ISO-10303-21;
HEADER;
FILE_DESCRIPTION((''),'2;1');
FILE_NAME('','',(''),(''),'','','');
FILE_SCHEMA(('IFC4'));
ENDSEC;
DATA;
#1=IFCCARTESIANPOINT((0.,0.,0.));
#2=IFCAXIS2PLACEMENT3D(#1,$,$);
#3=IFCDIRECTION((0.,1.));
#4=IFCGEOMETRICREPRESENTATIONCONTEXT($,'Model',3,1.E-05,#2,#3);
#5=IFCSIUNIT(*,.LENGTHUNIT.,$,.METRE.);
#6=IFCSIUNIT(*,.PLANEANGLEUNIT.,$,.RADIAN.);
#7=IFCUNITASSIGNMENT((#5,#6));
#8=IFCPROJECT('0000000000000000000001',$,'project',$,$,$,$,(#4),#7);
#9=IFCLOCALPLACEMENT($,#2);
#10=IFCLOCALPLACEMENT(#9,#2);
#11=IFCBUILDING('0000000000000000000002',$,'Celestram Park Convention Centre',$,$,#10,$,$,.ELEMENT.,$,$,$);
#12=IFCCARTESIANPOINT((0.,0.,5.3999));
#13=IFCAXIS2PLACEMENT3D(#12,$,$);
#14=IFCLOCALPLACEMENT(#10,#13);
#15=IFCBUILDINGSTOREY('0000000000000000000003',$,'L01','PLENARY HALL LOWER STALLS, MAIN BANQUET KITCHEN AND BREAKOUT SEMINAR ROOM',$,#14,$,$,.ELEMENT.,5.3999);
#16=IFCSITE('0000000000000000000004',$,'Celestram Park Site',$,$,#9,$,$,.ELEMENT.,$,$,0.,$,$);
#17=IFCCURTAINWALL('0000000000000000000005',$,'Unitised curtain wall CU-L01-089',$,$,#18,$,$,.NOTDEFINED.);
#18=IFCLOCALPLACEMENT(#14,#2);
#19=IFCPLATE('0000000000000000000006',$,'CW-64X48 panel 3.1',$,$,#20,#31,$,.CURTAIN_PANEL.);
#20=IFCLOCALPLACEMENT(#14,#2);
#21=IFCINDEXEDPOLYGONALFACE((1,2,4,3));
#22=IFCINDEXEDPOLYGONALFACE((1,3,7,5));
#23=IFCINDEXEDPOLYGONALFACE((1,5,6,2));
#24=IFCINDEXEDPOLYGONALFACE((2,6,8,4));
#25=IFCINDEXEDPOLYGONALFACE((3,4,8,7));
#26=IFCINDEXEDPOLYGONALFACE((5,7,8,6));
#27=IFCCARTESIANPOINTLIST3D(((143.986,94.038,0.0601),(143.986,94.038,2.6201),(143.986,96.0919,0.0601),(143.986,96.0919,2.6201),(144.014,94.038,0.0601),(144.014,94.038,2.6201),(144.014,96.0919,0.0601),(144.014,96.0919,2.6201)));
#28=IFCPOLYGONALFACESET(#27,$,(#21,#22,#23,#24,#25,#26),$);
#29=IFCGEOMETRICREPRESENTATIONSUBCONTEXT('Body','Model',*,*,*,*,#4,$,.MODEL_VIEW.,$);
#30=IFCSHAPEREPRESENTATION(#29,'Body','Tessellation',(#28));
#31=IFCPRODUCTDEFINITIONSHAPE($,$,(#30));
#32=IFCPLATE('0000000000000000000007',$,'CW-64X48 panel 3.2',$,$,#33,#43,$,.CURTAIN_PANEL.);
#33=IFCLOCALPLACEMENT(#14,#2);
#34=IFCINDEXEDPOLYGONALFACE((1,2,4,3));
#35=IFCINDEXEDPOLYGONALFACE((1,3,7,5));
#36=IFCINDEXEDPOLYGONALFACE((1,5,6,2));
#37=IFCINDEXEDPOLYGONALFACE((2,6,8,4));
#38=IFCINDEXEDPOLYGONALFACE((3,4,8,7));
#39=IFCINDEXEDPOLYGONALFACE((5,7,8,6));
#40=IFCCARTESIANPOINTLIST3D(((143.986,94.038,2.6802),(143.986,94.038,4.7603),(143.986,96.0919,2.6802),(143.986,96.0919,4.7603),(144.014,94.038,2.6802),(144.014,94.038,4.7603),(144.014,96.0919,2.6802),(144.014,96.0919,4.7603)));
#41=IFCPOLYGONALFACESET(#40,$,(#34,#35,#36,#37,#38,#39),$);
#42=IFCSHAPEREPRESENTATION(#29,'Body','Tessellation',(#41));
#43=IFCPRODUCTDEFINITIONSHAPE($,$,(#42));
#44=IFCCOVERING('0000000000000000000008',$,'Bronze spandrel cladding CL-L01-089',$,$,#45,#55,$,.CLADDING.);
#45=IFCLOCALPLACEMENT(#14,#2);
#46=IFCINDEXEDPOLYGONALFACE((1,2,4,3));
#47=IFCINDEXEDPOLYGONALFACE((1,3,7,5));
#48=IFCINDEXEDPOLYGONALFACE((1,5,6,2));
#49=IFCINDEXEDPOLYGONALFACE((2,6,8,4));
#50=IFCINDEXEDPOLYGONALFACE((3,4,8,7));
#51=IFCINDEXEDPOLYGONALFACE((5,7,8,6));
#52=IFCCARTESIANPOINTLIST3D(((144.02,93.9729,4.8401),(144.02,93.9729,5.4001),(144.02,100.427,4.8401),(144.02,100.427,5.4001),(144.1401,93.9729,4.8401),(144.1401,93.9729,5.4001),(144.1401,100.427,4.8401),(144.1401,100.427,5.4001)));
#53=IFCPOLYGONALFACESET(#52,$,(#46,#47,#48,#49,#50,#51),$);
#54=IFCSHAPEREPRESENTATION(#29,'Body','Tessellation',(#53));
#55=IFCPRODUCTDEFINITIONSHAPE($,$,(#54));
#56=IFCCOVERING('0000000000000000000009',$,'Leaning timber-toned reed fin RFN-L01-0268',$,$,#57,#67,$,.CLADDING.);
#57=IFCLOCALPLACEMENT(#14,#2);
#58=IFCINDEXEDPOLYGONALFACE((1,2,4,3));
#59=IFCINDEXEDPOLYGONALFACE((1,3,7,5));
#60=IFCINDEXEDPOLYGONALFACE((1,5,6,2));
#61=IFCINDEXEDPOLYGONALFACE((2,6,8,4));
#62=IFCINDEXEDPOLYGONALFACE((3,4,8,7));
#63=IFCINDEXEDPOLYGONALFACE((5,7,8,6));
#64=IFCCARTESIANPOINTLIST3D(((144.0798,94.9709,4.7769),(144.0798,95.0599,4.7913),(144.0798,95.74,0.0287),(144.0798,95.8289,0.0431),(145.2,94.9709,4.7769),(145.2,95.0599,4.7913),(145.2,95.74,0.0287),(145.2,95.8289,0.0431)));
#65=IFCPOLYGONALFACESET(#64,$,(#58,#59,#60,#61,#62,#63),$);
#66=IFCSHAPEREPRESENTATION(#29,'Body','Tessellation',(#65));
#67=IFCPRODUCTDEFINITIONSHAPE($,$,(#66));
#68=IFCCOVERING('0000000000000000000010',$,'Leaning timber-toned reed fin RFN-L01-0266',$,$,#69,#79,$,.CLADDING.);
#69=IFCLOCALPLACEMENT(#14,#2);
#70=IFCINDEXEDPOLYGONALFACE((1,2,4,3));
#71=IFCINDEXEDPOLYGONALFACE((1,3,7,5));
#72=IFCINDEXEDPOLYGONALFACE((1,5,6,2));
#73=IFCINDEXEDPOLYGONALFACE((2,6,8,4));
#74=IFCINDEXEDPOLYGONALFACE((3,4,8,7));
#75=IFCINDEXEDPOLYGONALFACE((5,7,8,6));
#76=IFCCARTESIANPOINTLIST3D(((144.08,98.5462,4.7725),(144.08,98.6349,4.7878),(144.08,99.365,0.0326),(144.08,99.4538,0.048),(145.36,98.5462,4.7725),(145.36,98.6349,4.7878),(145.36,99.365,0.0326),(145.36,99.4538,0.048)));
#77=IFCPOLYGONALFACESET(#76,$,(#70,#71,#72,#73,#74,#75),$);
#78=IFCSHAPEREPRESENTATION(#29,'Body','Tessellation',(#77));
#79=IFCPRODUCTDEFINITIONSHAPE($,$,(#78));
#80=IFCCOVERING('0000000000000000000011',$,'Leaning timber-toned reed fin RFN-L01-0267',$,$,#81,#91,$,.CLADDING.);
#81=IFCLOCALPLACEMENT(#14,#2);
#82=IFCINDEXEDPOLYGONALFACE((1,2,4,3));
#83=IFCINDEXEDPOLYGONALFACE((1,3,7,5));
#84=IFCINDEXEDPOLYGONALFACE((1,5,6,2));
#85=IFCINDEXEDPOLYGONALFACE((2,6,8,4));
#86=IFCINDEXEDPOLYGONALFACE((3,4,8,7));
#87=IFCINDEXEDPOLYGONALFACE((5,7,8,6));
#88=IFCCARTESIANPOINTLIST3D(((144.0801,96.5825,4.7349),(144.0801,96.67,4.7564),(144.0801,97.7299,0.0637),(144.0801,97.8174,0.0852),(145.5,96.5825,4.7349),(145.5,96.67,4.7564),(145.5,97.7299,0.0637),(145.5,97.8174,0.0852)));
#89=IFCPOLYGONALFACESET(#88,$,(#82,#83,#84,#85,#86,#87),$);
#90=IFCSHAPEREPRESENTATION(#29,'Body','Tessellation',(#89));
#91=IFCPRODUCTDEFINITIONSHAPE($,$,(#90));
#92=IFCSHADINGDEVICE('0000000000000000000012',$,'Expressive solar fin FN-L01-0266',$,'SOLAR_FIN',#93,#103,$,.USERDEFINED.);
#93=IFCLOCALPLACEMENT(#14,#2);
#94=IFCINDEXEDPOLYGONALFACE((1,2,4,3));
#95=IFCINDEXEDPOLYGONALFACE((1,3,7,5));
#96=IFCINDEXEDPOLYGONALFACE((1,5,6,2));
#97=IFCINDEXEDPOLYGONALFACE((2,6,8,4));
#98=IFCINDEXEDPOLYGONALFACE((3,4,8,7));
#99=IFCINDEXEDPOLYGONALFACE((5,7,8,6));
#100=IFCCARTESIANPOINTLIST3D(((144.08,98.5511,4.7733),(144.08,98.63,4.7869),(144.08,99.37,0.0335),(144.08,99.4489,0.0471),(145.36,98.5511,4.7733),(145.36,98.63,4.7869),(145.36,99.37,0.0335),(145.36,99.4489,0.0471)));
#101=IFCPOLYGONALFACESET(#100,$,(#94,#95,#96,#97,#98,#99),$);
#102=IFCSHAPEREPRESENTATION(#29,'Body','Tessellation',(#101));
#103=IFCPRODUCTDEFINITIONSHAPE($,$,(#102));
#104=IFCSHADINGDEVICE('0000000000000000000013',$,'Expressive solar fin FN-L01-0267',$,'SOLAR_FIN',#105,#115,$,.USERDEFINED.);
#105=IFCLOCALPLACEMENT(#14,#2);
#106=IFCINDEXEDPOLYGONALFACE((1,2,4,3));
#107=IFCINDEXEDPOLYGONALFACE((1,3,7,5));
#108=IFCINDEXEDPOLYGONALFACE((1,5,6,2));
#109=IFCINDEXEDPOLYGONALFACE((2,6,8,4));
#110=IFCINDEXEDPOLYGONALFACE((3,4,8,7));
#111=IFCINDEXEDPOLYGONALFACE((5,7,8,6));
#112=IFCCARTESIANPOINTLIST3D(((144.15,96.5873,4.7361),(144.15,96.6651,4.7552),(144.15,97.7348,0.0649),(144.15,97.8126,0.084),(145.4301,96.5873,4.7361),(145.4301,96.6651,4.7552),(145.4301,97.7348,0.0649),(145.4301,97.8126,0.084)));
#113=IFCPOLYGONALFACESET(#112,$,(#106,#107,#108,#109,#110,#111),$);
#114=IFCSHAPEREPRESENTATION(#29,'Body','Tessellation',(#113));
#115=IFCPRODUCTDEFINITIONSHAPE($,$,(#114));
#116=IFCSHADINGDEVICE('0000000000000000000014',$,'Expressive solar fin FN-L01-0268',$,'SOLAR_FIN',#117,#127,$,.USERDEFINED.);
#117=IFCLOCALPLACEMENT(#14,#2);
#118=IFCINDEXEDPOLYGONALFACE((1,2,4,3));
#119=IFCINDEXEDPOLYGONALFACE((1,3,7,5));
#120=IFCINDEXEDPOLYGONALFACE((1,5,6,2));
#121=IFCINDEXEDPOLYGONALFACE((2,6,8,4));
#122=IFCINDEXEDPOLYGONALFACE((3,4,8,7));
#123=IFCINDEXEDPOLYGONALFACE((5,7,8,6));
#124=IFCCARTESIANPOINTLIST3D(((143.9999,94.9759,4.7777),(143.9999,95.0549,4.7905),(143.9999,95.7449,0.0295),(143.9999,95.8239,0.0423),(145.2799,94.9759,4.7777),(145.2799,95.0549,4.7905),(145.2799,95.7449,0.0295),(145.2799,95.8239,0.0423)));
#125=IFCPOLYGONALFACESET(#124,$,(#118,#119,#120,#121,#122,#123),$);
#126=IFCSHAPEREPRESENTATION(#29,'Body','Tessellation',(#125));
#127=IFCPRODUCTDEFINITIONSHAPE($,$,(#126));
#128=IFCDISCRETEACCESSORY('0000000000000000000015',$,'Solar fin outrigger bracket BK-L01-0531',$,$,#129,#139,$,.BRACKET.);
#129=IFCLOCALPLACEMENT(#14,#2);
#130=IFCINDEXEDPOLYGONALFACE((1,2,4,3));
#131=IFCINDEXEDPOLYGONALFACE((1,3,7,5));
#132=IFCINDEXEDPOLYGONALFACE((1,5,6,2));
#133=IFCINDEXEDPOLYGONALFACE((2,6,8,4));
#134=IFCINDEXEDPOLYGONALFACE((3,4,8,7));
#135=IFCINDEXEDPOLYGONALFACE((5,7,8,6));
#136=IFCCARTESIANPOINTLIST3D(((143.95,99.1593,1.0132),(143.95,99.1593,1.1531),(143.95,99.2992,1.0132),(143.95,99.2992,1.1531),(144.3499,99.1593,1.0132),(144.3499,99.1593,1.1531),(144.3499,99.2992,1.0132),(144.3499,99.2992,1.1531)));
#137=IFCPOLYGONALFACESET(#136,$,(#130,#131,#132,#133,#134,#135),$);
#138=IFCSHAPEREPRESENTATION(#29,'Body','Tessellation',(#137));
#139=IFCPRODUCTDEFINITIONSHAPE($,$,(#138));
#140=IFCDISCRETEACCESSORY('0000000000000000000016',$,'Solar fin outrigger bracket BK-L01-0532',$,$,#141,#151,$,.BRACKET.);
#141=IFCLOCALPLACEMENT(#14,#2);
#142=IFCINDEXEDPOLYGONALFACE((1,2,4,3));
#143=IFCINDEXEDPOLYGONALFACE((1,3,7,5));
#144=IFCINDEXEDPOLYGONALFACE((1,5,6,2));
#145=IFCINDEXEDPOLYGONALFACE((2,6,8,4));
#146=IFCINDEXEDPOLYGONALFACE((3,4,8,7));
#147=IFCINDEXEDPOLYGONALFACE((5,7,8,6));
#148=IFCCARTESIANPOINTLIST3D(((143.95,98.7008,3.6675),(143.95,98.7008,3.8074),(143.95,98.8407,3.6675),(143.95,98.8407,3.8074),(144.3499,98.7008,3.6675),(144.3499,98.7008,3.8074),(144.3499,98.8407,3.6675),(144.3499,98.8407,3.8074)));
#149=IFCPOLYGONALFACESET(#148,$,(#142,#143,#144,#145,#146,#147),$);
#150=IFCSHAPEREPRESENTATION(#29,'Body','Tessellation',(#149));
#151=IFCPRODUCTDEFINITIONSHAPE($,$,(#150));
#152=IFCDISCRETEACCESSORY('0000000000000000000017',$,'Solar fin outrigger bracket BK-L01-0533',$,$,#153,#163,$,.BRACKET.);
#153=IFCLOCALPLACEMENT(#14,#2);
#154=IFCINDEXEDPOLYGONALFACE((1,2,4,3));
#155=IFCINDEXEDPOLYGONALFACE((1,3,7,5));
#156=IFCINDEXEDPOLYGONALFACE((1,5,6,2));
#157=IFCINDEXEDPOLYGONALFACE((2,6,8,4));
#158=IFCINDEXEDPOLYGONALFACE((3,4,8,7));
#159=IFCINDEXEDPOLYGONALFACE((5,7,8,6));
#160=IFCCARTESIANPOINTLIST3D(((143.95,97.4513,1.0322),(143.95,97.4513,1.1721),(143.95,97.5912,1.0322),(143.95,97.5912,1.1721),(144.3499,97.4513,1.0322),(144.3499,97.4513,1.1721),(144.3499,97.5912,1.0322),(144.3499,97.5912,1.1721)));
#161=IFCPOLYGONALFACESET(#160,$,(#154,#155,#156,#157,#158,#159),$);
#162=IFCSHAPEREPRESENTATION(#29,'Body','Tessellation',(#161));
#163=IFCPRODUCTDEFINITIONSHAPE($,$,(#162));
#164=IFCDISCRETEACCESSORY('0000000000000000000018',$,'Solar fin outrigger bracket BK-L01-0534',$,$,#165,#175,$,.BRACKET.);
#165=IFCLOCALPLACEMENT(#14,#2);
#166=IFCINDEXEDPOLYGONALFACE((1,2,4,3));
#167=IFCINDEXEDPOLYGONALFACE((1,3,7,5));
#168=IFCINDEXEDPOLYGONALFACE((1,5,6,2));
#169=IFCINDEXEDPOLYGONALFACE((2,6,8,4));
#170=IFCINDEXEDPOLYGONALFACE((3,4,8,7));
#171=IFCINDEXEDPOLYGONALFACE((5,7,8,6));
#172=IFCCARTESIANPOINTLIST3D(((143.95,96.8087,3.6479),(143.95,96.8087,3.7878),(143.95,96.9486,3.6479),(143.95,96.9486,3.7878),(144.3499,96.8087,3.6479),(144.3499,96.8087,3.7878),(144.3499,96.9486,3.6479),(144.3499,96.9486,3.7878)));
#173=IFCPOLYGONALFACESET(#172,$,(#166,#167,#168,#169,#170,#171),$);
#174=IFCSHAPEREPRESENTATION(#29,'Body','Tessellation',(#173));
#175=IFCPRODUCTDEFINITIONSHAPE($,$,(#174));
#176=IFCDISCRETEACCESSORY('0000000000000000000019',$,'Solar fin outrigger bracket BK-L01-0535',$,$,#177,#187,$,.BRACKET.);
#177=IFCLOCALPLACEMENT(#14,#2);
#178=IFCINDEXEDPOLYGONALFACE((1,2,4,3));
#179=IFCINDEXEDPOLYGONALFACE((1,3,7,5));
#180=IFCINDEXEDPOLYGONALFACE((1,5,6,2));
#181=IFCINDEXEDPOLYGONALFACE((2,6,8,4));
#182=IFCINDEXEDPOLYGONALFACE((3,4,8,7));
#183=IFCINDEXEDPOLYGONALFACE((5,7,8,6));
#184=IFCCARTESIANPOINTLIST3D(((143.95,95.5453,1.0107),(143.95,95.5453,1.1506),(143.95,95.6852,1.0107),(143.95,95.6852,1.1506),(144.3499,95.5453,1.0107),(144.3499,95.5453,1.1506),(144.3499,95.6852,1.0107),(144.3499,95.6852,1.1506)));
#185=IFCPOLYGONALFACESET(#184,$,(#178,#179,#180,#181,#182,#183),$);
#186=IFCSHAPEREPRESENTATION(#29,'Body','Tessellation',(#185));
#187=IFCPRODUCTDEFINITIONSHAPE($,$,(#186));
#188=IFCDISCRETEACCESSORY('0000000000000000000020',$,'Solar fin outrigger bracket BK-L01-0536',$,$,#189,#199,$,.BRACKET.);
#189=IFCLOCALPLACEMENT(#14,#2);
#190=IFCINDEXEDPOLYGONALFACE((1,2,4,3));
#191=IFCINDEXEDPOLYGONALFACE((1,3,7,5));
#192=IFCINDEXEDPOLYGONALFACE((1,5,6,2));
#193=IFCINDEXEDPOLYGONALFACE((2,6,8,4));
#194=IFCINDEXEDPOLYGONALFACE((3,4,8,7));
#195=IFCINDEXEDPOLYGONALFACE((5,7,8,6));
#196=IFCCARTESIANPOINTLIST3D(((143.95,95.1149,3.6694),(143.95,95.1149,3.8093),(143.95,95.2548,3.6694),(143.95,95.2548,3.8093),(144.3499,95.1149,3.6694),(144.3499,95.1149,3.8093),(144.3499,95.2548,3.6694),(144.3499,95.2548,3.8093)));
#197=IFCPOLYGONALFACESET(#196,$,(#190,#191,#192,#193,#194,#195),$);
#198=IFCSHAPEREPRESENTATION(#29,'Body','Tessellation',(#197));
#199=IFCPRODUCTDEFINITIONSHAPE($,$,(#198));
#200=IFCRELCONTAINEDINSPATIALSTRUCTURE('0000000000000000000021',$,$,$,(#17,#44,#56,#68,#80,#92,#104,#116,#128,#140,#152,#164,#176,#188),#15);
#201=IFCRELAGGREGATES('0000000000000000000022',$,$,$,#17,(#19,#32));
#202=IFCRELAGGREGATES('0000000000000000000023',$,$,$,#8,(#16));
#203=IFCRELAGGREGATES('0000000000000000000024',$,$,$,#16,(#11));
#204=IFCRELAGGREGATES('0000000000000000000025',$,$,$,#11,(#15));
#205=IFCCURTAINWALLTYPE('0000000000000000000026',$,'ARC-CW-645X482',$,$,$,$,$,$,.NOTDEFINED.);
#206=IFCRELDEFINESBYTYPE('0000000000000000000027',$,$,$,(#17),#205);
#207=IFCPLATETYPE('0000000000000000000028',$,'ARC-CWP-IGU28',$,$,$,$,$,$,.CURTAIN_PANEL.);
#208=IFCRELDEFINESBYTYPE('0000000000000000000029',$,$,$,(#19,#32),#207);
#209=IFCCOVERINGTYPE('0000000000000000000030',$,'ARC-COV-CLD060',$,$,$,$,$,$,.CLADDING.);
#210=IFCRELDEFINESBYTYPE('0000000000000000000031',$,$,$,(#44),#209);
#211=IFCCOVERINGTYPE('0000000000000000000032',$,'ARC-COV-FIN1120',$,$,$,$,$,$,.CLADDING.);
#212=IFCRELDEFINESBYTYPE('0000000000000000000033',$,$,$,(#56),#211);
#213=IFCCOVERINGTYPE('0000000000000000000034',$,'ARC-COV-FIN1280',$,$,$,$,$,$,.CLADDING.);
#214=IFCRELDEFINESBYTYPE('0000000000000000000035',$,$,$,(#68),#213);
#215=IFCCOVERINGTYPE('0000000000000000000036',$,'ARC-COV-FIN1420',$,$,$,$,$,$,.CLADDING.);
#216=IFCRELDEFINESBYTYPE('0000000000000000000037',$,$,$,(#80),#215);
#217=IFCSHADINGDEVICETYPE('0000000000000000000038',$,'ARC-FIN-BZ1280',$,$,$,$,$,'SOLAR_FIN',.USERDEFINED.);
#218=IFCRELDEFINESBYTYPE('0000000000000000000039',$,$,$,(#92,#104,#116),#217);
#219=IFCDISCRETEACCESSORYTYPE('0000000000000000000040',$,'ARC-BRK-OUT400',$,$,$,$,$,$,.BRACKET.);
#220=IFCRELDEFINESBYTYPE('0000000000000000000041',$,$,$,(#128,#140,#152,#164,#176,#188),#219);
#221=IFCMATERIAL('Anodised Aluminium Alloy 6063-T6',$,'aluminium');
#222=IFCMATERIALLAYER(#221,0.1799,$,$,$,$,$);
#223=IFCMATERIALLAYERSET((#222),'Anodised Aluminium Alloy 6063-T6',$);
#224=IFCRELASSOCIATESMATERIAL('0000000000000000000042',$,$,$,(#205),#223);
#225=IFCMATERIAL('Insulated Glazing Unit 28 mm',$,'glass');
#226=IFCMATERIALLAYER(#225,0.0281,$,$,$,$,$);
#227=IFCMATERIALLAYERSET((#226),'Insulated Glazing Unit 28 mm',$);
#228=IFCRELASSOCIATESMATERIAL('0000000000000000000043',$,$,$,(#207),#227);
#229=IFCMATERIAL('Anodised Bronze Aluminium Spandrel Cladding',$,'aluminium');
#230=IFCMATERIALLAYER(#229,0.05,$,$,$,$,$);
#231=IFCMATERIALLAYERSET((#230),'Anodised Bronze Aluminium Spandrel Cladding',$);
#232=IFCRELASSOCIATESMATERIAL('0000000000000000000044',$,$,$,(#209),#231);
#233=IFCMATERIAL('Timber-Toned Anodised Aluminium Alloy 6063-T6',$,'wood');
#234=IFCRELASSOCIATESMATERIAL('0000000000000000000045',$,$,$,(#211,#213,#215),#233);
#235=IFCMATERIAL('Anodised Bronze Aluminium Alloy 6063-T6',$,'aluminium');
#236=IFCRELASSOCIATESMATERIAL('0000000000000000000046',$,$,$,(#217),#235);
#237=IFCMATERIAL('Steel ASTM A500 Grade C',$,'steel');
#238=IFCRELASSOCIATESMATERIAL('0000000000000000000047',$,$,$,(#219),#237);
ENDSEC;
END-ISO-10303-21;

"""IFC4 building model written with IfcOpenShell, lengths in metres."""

from ifc_helpers import new_model, si_unit, direction, frame, origin, origin_2d, place, context, subcontext, project, spatial, rectangle, extrude, material, layer, layer_set, material_profile, profile_set, type_object, element, aggregate, save


model = new_model("IFC4")

# Units and contexts
model_context = context("Model", 3, precision=1e-05, world=origin(), true_north=direction((0.0, 1.0)))
body_context = subcontext(model_context, "Body", "Model", "MODEL_VIEW")
ifc_project = project(units=[si_unit("LENGTHUNIT", "METRE"), si_unit("PLANEANGLEUNIT", "RADIAN")], contexts=[model_context])

# Site, building, storey
site_placement = place(None, origin())
site = spatial("IfcSite", under=ifc_project, at=site_placement, Name="Celestram Park Site", CompositionType="ELEMENT", RefElevation=0.0)
building_placement = place(site_placement, origin())
building = spatial("IfcBuilding", under=site, at=building_placement, Name="Celestram Park Convention Centre", CompositionType="ELEMENT")
storey_placement = place(building_placement, frame((0.0, 0.0, 5.3999)))
storey = spatial("IfcBuildingStorey", under=building, at=storey_placement, Name="L01", Description="PLENARY HALL LOWER STALLS, MAIN BANQUET KITCHEN AND BREAKOUT SEMINAR ROOM", CompositionType="ELEMENT", Elevation=5.3999)

# Curtain wall
ifc_material_1 = material(Name="Anodised Aluminium Alloy 6063-T6", Category="aluminium")
ifc_layer_1 = layer(ifc_material_1, 0.1799)
ifc_layer_set_1 = layer_set([ifc_layer_1], Name="Anodised Aluminium Alloy 6063-T6")
curtain_wall_type = type_object("IfcCurtainWallType", Name="ARC-CW-645X482", PredefinedType="NOTDEFINED", material=ifc_layer_set_1)
curtain_wall_placement = place(storey_placement, origin())
curtain_wall = element("IfcCurtainWall", 1, at=curtain_wall_placement, inside=storey, type_object=curtain_wall_type, Name="Unitised curtain wall CU-L01-089", PredefinedType="NOTDEFINED")

# Shared definitions
ifc_material_2 = material(Name="Steel ASTM A500 Grade C", Category="steel")

# Plates
ifc_material_3 = material(Name="Insulated Glazing Unit 28 mm", Category="glass")
ifc_layer_2 = layer(ifc_material_3, 0.0281)
ifc_layer_set_2 = layer_set([ifc_layer_2], Name="Insulated Glazing Unit 28 mm")
plate_type = type_object("IfcPlateType", Name="ARC-CWP-IGU28", PredefinedType="CURTAIN_PANEL", material=ifc_layer_set_2)
plate_1_placement = place(storey_placement, frame((144.0, 95.0649, 0.0601), z_axis=(0.0, 0.0, 1.0), x_axis=(0.0, -1.0, 0.0)))
plate_1 = element("IfcPlate", 2, at=plate_1_placement, type_object=plate_type, Name="CW-64X48 panel 3.1", PredefinedType="CURTAIN_PANEL", context=body_context, shape_type="SweptSolid", body=[
    extrude(rectangle(XDim=2.054, YDim=0.0281, at=origin_2d()), origin(), (0.0, 0.0, 1.0), 2.5601),
])
plate_2_placement = place(storey_placement, frame((144.0, 95.0649, 2.6802), z_axis=(0.0, 0.0, 1.0), x_axis=(0.0, -1.0, 0.0)))
plate_2 = element("IfcPlate", 3, at=plate_2_placement, type_object=plate_type, Name="CW-64X48 panel 3.2", PredefinedType="CURTAIN_PANEL", context=body_context, shape_type="SweptSolid", body=[
    extrude(rectangle(XDim=2.054, YDim=0.0281, at=origin_2d()), origin(), (0.0, 0.0, 1.0), 2.0801),
])
aggregate(curtain_wall, [plate_1, plate_2])

# Coverings
ifc_material_4 = material(Name="Anodised Bronze Aluminium Spandrel Cladding", Category="aluminium")
ifc_layer_3 = layer(ifc_material_4, 0.05)
ifc_layer_set_3 = layer_set([ifc_layer_3], Name="Anodised Bronze Aluminium Spandrel Cladding")
covering_type_1 = type_object("IfcCoveringType", Name="ARC-COV-CLD060", PredefinedType="CLADDING", material=ifc_layer_set_3)
covering_1_placement = place(storey_placement, frame((144.0801, 97.2, 4.8401), z_axis=(0.0, 0.0, 1.0), x_axis=(0.0, -1.0, 0.0)))
element("IfcCovering", 4, at=covering_1_placement, inside=storey, type_object=covering_type_1, Name="Bronze spandrel cladding CL-L01-089", PredefinedType="CLADDING", context=body_context, shape_type="SweptSolid", body=[
    extrude(rectangle(XDim=6.4541, YDim=0.1201, at=origin_2d()), origin(), (0.0, 0.0, 1.0), 0.5601),
])
ifc_material_5 = material(Name="Timber-Toned Anodised Aluminium Alloy 6063-T6", Category="wood")
ifc_material_profile_1 = material_profile(ifc_material_5, rectangle(XDim=1.1201, YDim=0.0901, at=origin_2d()), Name="REED1120X90")
ifc_profile_set_1 = profile_set([ifc_material_profile_1], Name="Timber-Toned Anodised Aluminium Alloy 6063-T6")
covering_type_2 = type_object("IfcCoveringType", Name="ARC-COV-FIN1120", PredefinedType="CLADDING", material=ifc_profile_set_1)
covering_2_placement = place(storey_placement, frame((144.6399, 95.7844, 0.0359), z_axis=(0.0, -0.159879, 0.987137), x_axis=(1.0, 0.0, 0.0)))
element("IfcCovering", 5, at=covering_2_placement, inside=storey, type_object=covering_type_2, Name="Leaning timber-toned reed fin RFN-L01-0268", PredefinedType="CLADDING", context=body_context, shape_type="SweptSolid", body=[
    extrude(rectangle(XDim=1.1201, YDim=0.0901, at=origin_2d()), origin(), (0.0, 0.0, 1.0), 4.8101),
])
ifc_material_profile_2 = material_profile(ifc_material_5, rectangle(XDim=1.28, YDim=0.0901, at=origin_2d()), Name="REED1280X90")
ifc_profile_set_2 = profile_set([ifc_material_profile_2], Name="Timber-Toned Anodised Aluminium Alloy 6063-T6")
covering_type_3 = type_object("IfcCoveringType", Name="ARC-COV-FIN1280", PredefinedType="CLADDING", material=ifc_profile_set_2)
covering_3_placement = place(storey_placement, frame((144.72, 99.4094, 0.0403), z_axis=(0.0, -0.17024, 0.985403), x_axis=(1.0, 0.0, 0.0)))
element("IfcCovering", 6, at=covering_3_placement, inside=storey, type_object=covering_type_3, Name="Leaning timber-toned reed fin RFN-L01-0266", PredefinedType="CLADDING", context=body_context, shape_type="SweptSolid", body=[
    extrude(rectangle(XDim=1.28, YDim=0.0901, at=origin_2d()), origin(), (0.0, 0.0, 1.0), 4.8101),
])
ifc_material_profile_3 = material_profile(ifc_material_5, rectangle(XDim=1.4199, YDim=0.0901, at=origin_2d()), Name="REED1420X90")
ifc_profile_set_3 = profile_set([ifc_material_profile_3], Name="Timber-Toned Anodised Aluminium Alloy 6063-T6")
covering_type_4 = type_object("IfcCoveringType", Name="ARC-COV-FIN1420", PredefinedType="CLADDING", material=ifc_profile_set_3)
covering_4_placement = place(storey_placement, frame((144.79, 97.7737, 0.0745), z_axis=(0.0, -0.238557, 0.971129), x_axis=(1.0, 0.0, 0.0)))
element("IfcCovering", 7, at=covering_4_placement, inside=storey, type_object=covering_type_4, Name="Leaning timber-toned reed fin RFN-L01-0267", PredefinedType="CLADDING", context=body_context, shape_type="SweptSolid", body=[
    extrude(rectangle(XDim=1.4199, YDim=0.0901, at=origin_2d()), origin(), (0.0, 0.0, 1.0), 4.8101),
])

# Shading devices
ifc_material_6 = material(Name="Anodised Bronze Aluminium Alloy 6063-T6", Category="aluminium")
ifc_material_profile_4 = material_profile(ifc_material_6, rectangle(XDim=1.28, YDim=0.0801, at=origin_2d()), Name="FIN1280X80")
ifc_profile_set_4 = profile_set([ifc_material_profile_4], Name="Anodised Bronze Aluminium Alloy 6063-T6")
shading_device_type = type_object("IfcShadingDeviceType", Name="ARC-FIN-BZ1280", ElementType="SOLAR_FIN", PredefinedType="USERDEFINED", material=ifc_profile_set_4)
for number, where, z_axis, x_axis, name in (
    (8, (144.72, 99.4094, 0.0403), (0.0, -0.17024, 0.985403), (1.0, 0.0, 0.0), "Expressive solar fin FN-L01-0266"),
    (9, (144.79, 97.7737, 0.0745), (0.0, -0.238557, 0.971129), (1.0, 0.0, 0.0), "Expressive solar fin FN-L01-0267"),
    (10, (144.6399, 95.7844, 0.0359), (0.0, -0.159879, 0.987137), (1.0, 0.0, 0.0), "Expressive solar fin FN-L01-0268"),
):
    element("IfcShadingDevice", number, at=place(storey_placement, frame(where, z_axis=z_axis, x_axis=x_axis)), inside=storey, type_object=shading_device_type, Name=name, ObjectType="SOLAR_FIN", PredefinedType="USERDEFINED", context=body_context, shape_type="SweptSolid", body=[
        extrude(rectangle(XDim=1.28, YDim=0.0801, at=origin_2d()), origin(), (0.0, 0.0, 1.0), 4.8101),
    ])

# Discrete accessories
discrete_accessory_type = type_object("IfcDiscreteAccessoryType", Name="ARC-BRK-OUT400", PredefinedType="BRACKET", material=ifc_material_2)
for number, where, z_axis, x_axis, name in (
    (11, (144.1499, 99.2292, 1.0132), (0.0, 0.0, 1.0), (1.0, 0.0, 0.0), "Solar fin outrigger bracket BK-L01-0531"),
    (12, (144.1499, 98.7708, 3.6675), (0.0, 0.0, 1.0), (1.0, 0.0, 0.0), "Solar fin outrigger bracket BK-L01-0532"),
    (13, (144.1499, 97.5212, 1.0322), (0.0, 0.0, 1.0), (1.0, 0.0, 0.0), "Solar fin outrigger bracket BK-L01-0533"),
    (14, (144.1499, 96.8787, 3.6479), (0.0, 0.0, 1.0), (1.0, 0.0, 0.0), "Solar fin outrigger bracket BK-L01-0534"),
    (15, (144.1499, 95.6152, 1.0107), (0.0, 0.0, 1.0), (1.0, 0.0, 0.0), "Solar fin outrigger bracket BK-L01-0535"),
    (16, (144.1499, 95.1848, 3.6694), (0.0, 0.0, 1.0), (1.0, 0.0, 0.0), "Solar fin outrigger bracket BK-L01-0536"),
):
    element("IfcDiscreteAccessory", number, at=place(storey_placement, frame(where, z_axis=z_axis, x_axis=x_axis)), inside=storey, type_object=discrete_accessory_type, Name=name, PredefinedType="BRACKET", context=body_context, shape_type="SweptSolid", body=[
        extrude(rectangle(XDim=0.3999, YDim=0.1399, at=origin_2d()), origin(), (0.0, 0.0, 1.0), 0.1399),
    ])

save(model, "model.ifc")
